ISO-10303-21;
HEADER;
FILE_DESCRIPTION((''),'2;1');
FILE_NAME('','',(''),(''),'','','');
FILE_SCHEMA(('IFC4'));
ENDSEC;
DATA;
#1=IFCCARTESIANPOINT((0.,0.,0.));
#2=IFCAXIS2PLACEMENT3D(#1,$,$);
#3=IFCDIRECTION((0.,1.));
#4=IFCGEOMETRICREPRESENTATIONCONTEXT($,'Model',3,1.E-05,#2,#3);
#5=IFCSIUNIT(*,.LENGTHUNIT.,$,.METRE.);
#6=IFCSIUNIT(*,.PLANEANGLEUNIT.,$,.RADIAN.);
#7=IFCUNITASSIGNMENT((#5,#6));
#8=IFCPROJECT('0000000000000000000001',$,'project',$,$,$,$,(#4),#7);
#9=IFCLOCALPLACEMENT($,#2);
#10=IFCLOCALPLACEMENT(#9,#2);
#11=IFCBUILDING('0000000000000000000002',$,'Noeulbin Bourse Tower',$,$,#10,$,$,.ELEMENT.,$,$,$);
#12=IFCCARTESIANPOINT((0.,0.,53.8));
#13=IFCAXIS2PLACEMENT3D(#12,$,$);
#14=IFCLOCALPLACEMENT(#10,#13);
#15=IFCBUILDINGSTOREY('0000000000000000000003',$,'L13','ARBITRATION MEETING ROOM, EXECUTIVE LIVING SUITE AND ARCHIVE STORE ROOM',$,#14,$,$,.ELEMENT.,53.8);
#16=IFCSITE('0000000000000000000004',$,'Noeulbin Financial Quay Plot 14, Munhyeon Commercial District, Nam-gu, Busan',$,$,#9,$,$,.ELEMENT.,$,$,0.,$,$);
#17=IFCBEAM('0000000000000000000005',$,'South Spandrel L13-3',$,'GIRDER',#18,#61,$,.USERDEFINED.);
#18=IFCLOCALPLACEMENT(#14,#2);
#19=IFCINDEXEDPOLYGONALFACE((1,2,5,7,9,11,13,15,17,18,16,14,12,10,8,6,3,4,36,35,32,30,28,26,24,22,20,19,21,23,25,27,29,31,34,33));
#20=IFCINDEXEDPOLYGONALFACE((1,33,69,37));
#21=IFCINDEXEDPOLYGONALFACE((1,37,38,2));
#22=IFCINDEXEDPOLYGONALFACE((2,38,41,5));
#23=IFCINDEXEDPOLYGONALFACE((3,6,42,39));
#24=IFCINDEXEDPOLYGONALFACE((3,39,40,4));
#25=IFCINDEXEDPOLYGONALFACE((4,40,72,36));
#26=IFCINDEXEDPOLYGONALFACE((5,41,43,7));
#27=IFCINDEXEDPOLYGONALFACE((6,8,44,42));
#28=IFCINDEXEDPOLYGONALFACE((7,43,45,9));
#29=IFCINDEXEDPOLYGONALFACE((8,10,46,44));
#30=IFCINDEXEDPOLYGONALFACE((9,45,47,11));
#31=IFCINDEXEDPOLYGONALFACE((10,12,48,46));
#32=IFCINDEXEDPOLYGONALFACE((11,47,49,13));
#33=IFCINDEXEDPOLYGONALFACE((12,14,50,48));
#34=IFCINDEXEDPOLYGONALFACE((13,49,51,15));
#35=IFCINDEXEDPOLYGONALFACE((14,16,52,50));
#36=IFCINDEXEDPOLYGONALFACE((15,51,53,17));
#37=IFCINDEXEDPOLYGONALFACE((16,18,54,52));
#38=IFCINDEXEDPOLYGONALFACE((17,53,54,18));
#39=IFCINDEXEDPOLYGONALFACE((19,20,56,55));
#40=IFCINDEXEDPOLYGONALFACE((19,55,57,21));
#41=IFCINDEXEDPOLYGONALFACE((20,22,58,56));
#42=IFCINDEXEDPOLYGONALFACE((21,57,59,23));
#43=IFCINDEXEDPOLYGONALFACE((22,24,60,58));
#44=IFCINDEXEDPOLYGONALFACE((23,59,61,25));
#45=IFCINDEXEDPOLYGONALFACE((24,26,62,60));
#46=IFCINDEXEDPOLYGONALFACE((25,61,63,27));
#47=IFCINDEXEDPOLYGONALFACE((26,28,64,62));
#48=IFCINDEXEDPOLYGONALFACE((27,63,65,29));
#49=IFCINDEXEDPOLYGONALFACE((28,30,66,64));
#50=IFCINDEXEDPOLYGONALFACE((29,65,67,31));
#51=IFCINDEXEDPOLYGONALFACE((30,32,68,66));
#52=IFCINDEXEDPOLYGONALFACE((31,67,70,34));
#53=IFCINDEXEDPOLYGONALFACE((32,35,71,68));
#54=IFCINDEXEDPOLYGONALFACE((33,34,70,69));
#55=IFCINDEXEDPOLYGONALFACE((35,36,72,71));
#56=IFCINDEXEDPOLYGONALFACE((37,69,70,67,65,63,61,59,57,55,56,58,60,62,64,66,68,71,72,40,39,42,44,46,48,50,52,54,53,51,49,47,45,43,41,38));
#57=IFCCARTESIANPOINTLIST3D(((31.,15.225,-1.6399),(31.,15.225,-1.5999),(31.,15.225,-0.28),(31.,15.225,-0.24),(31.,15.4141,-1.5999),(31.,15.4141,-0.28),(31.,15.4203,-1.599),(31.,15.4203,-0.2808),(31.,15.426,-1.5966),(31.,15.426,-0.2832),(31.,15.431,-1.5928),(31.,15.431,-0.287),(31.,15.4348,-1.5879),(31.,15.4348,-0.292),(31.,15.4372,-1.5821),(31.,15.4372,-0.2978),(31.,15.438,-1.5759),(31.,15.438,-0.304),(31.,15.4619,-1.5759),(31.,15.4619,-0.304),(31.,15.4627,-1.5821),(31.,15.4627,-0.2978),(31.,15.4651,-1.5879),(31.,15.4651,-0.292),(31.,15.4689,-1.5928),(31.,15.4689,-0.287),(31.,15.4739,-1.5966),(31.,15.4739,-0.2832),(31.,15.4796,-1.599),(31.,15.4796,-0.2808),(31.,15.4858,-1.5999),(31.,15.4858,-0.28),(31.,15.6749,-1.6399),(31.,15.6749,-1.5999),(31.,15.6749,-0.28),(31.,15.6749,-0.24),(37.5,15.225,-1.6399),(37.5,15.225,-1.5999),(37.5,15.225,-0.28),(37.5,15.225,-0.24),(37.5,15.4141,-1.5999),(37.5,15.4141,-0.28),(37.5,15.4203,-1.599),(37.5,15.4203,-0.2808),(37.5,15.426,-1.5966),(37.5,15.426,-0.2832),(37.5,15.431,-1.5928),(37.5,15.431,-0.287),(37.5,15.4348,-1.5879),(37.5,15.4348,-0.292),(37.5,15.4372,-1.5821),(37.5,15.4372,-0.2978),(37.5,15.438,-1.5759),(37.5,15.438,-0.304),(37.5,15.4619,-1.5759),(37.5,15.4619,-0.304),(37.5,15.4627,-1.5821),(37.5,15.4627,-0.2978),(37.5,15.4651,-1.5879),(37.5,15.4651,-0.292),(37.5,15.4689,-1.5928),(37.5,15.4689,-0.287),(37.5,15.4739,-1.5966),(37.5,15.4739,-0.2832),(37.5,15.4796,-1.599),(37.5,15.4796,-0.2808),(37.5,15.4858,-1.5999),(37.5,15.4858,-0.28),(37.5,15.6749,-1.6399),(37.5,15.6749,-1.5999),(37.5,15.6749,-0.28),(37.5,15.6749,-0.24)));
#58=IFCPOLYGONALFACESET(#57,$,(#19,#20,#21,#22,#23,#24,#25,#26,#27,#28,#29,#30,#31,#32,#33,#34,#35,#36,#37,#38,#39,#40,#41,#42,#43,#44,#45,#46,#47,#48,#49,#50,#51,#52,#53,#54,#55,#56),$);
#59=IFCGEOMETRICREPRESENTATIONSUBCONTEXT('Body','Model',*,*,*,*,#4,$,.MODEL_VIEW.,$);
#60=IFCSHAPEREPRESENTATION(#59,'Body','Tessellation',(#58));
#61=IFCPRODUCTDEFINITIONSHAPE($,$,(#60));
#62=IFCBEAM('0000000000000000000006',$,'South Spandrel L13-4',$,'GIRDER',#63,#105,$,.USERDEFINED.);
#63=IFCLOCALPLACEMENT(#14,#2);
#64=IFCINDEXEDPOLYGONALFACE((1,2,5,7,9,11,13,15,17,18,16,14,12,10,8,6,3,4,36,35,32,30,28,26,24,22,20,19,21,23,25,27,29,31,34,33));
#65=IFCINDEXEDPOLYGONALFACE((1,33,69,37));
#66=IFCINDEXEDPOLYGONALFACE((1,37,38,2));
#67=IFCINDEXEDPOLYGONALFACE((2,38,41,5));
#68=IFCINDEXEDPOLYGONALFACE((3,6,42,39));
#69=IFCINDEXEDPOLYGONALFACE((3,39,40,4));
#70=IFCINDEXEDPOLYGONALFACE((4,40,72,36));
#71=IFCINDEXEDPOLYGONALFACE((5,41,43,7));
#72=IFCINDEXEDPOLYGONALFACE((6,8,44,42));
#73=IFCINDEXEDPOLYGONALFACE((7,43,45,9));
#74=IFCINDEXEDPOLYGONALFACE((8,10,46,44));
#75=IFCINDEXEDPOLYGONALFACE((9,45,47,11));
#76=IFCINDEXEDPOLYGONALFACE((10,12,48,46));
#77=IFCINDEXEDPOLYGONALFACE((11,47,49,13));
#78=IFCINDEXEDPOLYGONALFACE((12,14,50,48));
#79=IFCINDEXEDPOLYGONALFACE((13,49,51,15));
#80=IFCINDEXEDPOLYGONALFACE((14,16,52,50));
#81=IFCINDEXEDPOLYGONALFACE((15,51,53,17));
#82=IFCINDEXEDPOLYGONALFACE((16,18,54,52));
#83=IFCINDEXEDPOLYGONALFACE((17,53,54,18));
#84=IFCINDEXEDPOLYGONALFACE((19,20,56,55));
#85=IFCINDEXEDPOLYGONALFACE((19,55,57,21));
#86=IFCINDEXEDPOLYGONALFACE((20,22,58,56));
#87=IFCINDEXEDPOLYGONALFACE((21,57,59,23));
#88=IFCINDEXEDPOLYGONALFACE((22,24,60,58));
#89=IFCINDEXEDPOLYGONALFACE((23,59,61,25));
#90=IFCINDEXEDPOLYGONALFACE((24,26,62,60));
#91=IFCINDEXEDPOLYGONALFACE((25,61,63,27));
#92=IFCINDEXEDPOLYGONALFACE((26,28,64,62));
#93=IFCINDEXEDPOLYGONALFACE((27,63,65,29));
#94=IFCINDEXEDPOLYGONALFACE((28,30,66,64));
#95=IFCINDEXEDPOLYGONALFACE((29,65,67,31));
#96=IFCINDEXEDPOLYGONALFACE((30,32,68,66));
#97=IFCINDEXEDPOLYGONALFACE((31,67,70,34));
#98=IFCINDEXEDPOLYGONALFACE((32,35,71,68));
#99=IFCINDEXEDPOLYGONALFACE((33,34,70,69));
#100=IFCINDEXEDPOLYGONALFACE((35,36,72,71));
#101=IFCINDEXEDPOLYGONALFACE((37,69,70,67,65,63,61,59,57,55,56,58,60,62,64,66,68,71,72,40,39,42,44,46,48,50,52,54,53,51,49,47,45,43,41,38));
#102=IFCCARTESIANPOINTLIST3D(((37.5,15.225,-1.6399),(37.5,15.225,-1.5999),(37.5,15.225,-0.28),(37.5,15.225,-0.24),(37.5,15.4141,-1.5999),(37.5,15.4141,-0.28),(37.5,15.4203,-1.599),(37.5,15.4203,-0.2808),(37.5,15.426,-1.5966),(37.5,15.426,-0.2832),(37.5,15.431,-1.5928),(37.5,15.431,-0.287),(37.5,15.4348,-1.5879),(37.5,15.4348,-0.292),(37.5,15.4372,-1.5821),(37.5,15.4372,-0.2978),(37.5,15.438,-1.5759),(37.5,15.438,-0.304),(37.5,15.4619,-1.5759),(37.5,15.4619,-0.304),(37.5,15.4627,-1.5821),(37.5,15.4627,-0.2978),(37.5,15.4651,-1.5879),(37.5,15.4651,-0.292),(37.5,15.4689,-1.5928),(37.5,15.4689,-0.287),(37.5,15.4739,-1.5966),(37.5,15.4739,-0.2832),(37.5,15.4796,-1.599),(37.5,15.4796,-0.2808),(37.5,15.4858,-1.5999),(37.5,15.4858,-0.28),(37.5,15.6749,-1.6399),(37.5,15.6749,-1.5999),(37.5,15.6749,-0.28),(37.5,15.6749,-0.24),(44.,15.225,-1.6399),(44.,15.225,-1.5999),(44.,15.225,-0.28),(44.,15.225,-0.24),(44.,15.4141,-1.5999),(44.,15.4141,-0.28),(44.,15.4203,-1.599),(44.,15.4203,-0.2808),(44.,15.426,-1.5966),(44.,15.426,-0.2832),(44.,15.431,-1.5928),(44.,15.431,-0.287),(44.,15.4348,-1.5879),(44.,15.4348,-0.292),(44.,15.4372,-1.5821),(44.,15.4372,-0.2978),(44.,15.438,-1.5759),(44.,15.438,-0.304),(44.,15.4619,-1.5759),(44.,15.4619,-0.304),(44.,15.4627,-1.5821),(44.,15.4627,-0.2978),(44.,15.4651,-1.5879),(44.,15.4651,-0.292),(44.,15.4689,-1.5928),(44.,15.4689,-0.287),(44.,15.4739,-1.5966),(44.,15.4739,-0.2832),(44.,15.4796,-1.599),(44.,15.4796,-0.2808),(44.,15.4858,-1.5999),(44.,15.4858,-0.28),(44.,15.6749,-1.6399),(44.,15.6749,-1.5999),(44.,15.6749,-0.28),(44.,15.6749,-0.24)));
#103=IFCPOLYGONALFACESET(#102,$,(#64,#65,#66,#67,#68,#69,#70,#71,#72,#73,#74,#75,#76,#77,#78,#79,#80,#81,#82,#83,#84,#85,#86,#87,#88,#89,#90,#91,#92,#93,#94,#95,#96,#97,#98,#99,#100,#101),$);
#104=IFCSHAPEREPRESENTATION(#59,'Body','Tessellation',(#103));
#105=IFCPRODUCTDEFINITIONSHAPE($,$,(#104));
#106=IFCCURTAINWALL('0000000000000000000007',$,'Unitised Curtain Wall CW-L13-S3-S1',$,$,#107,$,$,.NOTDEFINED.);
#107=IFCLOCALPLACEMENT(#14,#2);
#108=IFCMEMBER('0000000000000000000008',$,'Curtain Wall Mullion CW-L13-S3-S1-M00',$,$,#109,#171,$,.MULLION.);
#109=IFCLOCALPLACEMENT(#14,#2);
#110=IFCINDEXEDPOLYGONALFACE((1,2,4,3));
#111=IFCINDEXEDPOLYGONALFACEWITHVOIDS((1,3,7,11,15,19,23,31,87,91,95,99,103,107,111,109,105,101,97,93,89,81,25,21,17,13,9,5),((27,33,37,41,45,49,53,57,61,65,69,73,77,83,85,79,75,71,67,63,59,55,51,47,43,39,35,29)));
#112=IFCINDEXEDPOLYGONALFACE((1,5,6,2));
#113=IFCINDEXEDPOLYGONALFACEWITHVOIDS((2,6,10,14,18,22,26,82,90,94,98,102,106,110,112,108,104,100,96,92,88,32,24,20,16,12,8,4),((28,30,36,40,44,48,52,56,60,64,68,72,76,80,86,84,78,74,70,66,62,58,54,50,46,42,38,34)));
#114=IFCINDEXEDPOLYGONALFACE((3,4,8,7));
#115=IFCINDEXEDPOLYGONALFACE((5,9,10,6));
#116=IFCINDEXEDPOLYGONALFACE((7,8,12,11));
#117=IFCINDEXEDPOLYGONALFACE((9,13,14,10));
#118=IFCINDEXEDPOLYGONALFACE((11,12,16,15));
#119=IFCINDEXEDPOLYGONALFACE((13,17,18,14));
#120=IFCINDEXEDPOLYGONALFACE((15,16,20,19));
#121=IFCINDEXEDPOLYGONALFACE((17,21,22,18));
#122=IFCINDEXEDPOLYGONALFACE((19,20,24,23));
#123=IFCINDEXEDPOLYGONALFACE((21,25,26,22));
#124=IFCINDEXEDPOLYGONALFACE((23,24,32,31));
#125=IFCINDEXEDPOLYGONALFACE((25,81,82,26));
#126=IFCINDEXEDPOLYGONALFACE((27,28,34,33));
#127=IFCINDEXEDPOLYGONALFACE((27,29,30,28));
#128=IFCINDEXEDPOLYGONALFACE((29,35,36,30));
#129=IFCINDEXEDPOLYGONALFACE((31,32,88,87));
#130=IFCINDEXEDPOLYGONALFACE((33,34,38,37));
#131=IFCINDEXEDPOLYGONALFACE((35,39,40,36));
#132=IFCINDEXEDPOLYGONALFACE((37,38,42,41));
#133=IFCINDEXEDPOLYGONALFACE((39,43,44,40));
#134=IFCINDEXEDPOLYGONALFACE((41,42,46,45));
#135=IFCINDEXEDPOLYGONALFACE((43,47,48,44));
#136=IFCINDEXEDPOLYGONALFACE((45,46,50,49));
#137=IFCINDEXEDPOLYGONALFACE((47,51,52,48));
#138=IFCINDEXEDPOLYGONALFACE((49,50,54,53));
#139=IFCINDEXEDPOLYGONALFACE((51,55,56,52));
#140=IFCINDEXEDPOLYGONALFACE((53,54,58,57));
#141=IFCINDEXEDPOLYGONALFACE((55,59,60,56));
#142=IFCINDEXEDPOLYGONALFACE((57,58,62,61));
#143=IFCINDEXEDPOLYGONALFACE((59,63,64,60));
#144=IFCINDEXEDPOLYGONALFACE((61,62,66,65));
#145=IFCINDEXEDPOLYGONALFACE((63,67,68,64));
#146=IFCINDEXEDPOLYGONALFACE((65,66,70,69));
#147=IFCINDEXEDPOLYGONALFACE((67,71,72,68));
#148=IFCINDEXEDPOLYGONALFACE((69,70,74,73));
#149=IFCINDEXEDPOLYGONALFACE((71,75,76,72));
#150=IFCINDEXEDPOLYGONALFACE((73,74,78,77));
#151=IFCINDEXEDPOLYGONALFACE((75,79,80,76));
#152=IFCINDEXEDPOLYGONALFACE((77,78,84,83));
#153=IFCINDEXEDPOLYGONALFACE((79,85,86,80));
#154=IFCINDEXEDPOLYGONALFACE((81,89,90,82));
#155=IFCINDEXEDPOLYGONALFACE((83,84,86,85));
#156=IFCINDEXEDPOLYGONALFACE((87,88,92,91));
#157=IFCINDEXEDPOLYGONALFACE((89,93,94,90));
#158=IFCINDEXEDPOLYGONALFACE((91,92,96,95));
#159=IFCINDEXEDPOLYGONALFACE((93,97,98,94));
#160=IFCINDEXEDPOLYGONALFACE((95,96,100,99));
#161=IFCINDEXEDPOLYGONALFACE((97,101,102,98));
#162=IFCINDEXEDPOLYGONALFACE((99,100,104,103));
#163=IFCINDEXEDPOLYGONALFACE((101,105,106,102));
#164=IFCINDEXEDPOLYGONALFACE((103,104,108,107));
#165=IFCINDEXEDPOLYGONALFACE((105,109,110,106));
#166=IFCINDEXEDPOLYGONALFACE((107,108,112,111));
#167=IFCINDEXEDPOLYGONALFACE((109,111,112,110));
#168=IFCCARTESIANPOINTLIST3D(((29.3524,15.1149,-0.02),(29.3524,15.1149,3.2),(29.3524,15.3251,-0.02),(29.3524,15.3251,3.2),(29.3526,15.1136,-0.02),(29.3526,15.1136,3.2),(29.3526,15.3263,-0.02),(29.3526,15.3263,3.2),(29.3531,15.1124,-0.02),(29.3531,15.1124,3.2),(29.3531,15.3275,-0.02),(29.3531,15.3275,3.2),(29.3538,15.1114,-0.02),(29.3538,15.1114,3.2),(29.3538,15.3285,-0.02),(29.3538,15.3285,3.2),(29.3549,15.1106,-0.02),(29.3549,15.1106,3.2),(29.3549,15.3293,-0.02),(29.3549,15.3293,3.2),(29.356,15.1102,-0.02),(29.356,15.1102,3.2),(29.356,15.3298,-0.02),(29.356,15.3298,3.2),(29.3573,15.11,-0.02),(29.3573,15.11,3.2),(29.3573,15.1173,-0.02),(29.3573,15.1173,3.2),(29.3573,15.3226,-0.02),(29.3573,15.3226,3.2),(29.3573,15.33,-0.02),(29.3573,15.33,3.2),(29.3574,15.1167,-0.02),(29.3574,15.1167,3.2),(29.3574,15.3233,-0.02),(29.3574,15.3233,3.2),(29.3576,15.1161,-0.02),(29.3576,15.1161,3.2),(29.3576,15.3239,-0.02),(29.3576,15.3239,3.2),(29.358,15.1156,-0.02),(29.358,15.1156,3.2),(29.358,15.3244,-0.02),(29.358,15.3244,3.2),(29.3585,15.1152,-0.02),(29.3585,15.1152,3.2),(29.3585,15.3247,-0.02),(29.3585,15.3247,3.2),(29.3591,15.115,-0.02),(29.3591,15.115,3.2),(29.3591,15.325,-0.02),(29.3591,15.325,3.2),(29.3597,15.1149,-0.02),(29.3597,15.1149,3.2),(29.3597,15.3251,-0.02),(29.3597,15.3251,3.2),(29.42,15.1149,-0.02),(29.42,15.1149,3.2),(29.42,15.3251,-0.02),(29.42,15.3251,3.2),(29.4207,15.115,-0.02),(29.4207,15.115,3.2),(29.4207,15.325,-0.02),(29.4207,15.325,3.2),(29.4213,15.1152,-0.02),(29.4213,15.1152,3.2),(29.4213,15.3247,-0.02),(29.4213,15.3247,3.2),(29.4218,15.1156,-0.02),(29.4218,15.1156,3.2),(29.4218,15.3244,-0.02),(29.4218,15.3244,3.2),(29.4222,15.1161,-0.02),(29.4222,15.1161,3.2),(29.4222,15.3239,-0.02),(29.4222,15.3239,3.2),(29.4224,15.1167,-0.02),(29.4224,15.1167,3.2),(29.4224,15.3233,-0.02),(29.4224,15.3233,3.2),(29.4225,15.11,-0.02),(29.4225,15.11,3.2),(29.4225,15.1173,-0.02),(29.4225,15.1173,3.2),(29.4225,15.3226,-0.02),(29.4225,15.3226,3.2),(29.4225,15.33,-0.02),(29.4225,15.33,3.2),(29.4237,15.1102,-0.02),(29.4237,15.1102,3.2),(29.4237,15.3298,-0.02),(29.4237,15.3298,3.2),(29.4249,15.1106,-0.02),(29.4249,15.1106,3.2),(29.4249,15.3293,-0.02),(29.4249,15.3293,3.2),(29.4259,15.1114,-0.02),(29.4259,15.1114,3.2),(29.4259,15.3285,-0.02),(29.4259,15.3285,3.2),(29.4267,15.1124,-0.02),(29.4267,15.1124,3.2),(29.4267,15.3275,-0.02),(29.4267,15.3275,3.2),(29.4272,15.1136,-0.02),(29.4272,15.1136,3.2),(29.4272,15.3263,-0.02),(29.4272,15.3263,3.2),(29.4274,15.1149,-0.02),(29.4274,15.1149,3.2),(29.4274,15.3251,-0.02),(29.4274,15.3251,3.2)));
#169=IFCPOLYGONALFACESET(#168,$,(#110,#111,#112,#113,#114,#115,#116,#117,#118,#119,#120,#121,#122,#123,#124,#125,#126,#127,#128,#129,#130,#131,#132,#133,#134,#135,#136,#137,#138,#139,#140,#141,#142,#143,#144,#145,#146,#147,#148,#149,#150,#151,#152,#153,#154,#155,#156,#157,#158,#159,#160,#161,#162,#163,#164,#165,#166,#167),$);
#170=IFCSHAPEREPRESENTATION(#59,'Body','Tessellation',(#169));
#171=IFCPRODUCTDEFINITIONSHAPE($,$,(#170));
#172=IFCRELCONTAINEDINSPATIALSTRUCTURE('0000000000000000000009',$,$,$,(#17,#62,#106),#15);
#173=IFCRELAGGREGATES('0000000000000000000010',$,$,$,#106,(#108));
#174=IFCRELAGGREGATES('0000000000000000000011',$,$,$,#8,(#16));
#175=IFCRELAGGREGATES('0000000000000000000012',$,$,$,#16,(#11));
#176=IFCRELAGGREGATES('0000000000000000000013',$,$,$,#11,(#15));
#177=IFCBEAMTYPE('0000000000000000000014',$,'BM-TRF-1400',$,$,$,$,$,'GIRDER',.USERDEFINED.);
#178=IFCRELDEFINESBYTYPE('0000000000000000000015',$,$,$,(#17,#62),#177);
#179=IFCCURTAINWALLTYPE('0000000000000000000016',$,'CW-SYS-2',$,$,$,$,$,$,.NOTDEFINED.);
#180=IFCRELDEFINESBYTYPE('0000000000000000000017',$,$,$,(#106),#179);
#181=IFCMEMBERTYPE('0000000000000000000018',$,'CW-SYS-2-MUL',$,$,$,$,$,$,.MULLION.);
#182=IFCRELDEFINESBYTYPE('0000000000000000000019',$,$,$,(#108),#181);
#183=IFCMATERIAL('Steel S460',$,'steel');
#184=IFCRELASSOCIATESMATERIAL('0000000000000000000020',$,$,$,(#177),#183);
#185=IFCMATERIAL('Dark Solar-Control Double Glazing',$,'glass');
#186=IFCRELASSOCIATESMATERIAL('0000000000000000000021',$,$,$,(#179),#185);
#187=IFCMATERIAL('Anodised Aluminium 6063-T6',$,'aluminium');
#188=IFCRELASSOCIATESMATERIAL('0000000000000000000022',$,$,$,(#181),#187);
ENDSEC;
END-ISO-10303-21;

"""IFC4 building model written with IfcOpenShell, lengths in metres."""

from ifc_helpers import new_model, si_unit, direction, frame, origin, origin_2d, place, context, subcontext, project, spatial, hollow_rectangle, i_section, extrude, material, material_profile, profile_set, type_object, element, aggregate, save


model = new_model("IFC4")

# Units and contexts
model_context = context("Model", 3, precision=1e-05, world=origin(), true_north=direction((0.0, 1.0)))
body_context = subcontext(model_context, "Body", "Model", "MODEL_VIEW")
ifc_project = project(units=[si_unit("LENGTHUNIT", "METRE"), si_unit("PLANEANGLEUNIT", "RADIAN")], contexts=[model_context])

# Site, building, storey
site_placement = place(None, origin())
site = spatial("IfcSite", under=ifc_project, at=site_placement, Name="Noeulbin Financial Quay Plot 14, Munhyeon Commercial District, Nam-gu, Busan", CompositionType="ELEMENT", RefElevation=0.0)
building_placement = place(site_placement, origin())
building = spatial("IfcBuilding", under=site, at=building_placement, Name="Noeulbin Bourse Tower", CompositionType="ELEMENT")
storey_placement = place(building_placement, frame((0.0, 0.0, 53.8)))
storey = spatial("IfcBuildingStorey", under=building, at=storey_placement, Name="L13", Description="ARBITRATION MEETING ROOM, EXECUTIVE LIVING SUITE AND ARCHIVE STORE ROOM", CompositionType="ELEMENT", Elevation=53.8)

# Shared definitions
ifc_material_1 = material(Name="Steel S460", Category="steel")

# Beams
ifc_material_profile_1 = material_profile(ifc_material_1, i_section(OverallWidth=0.45, OverallDepth=1.3999, WebThickness=0.0239, FlangeThickness=0.04, FilletRadius=0.0239, at=origin_2d()), Name="PG-1400x450x24x40", Category="LoadBearing")
ifc_profile_set_1 = profile_set([ifc_material_profile_1], Name="Steel S460")
beam_type_1 = type_object("IfcBeamType", Name="BM-TRF-1400", ElementType="GIRDER", PredefinedType="USERDEFINED", material=ifc_profile_set_1)
for number, where, z_axis, x_axis, name in (
    (1, (31.0, 15.45, -0.9399), (1.0, 0.0, 0.0), (0.0, 1.0, 0.0), "South Spandrel L13-3"),
    (2, (37.5, 15.45, -0.9399), (1.0, 0.0, 0.0), (0.0, 1.0, 0.0), "South Spandrel L13-4"),
):
    element("IfcBeam", number, at=place(storey_placement, frame(where, z_axis=z_axis, x_axis=x_axis)), inside=storey, type_object=beam_type_1, Name=name, ObjectType="GIRDER", PredefinedType="USERDEFINED", context=body_context, shape_type="SweptSolid", body=[
        extrude(i_section(OverallWidth=0.45, OverallDepth=1.3999, WebThickness=0.0239, FlangeThickness=0.04, FilletRadius=0.0239, at=origin_2d()), origin(), (0.0, 0.0, 1.0), 6.5),
    ])

# Curtain wall, member
ifc_material_2 = material(Name="Dark Solar-Control Double Glazing", Category="glass")
curtain_wall_type = type_object("IfcCurtainWallType", Name="CW-SYS-2", PredefinedType="NOTDEFINED", material=ifc_material_2)
curtain_wall_1_placement = place(storey_placement, origin())
curtain_wall_1 = element("IfcCurtainWall", 3, at=curtain_wall_1_placement, inside=storey, type_object=curtain_wall_type, Name="Unitised Curtain Wall CW-L13-S3-S1", PredefinedType="NOTDEFINED")
ifc_material_3 = material(Name="Anodised Aluminium 6063-T6", Category="aluminium")
ifc_material_profile_2 = material_profile(ifc_material_3, hollow_rectangle(XDim=0.075, YDim=0.22, WallThickness=0.0049, InnerFilletRadius=0.0024, OuterFilletRadius=0.0049, at=origin_2d()), Name="ALU-MULL-75x220x5", Category="LoadBearing")
ifc_profile_set_2 = profile_set([ifc_material_profile_2], Name="Anodised Aluminium 6063-T6")
member_type_1 = type_object("IfcMemberType", Name="CW-SYS-2-MUL", PredefinedType="MULLION", material=ifc_profile_set_2)
member_1_placement = place(storey_placement, frame((29.3899, 15.22, -0.02), z_axis=(0.0, 0.0, 1.0), x_axis=(1.0, 0.0, 0.0)))
member_1 = element("IfcMember", 4, at=member_1_placement, type_object=member_type_1, Name="Curtain Wall Mullion CW-L13-S3-S1-M00", PredefinedType="MULLION", context=body_context, shape_type="SweptSolid", body=[
    extrude(hollow_rectangle(XDim=0.075, YDim=0.22, WallThickness=0.0049, InnerFilletRadius=0.0024, OuterFilletRadius=0.0049, at=origin_2d()), origin(), (0.0, 0.0, 1.0), 3.22),
])

aggregate(curtain_wall_1, [member_1])

save(model, "model.ifc")
